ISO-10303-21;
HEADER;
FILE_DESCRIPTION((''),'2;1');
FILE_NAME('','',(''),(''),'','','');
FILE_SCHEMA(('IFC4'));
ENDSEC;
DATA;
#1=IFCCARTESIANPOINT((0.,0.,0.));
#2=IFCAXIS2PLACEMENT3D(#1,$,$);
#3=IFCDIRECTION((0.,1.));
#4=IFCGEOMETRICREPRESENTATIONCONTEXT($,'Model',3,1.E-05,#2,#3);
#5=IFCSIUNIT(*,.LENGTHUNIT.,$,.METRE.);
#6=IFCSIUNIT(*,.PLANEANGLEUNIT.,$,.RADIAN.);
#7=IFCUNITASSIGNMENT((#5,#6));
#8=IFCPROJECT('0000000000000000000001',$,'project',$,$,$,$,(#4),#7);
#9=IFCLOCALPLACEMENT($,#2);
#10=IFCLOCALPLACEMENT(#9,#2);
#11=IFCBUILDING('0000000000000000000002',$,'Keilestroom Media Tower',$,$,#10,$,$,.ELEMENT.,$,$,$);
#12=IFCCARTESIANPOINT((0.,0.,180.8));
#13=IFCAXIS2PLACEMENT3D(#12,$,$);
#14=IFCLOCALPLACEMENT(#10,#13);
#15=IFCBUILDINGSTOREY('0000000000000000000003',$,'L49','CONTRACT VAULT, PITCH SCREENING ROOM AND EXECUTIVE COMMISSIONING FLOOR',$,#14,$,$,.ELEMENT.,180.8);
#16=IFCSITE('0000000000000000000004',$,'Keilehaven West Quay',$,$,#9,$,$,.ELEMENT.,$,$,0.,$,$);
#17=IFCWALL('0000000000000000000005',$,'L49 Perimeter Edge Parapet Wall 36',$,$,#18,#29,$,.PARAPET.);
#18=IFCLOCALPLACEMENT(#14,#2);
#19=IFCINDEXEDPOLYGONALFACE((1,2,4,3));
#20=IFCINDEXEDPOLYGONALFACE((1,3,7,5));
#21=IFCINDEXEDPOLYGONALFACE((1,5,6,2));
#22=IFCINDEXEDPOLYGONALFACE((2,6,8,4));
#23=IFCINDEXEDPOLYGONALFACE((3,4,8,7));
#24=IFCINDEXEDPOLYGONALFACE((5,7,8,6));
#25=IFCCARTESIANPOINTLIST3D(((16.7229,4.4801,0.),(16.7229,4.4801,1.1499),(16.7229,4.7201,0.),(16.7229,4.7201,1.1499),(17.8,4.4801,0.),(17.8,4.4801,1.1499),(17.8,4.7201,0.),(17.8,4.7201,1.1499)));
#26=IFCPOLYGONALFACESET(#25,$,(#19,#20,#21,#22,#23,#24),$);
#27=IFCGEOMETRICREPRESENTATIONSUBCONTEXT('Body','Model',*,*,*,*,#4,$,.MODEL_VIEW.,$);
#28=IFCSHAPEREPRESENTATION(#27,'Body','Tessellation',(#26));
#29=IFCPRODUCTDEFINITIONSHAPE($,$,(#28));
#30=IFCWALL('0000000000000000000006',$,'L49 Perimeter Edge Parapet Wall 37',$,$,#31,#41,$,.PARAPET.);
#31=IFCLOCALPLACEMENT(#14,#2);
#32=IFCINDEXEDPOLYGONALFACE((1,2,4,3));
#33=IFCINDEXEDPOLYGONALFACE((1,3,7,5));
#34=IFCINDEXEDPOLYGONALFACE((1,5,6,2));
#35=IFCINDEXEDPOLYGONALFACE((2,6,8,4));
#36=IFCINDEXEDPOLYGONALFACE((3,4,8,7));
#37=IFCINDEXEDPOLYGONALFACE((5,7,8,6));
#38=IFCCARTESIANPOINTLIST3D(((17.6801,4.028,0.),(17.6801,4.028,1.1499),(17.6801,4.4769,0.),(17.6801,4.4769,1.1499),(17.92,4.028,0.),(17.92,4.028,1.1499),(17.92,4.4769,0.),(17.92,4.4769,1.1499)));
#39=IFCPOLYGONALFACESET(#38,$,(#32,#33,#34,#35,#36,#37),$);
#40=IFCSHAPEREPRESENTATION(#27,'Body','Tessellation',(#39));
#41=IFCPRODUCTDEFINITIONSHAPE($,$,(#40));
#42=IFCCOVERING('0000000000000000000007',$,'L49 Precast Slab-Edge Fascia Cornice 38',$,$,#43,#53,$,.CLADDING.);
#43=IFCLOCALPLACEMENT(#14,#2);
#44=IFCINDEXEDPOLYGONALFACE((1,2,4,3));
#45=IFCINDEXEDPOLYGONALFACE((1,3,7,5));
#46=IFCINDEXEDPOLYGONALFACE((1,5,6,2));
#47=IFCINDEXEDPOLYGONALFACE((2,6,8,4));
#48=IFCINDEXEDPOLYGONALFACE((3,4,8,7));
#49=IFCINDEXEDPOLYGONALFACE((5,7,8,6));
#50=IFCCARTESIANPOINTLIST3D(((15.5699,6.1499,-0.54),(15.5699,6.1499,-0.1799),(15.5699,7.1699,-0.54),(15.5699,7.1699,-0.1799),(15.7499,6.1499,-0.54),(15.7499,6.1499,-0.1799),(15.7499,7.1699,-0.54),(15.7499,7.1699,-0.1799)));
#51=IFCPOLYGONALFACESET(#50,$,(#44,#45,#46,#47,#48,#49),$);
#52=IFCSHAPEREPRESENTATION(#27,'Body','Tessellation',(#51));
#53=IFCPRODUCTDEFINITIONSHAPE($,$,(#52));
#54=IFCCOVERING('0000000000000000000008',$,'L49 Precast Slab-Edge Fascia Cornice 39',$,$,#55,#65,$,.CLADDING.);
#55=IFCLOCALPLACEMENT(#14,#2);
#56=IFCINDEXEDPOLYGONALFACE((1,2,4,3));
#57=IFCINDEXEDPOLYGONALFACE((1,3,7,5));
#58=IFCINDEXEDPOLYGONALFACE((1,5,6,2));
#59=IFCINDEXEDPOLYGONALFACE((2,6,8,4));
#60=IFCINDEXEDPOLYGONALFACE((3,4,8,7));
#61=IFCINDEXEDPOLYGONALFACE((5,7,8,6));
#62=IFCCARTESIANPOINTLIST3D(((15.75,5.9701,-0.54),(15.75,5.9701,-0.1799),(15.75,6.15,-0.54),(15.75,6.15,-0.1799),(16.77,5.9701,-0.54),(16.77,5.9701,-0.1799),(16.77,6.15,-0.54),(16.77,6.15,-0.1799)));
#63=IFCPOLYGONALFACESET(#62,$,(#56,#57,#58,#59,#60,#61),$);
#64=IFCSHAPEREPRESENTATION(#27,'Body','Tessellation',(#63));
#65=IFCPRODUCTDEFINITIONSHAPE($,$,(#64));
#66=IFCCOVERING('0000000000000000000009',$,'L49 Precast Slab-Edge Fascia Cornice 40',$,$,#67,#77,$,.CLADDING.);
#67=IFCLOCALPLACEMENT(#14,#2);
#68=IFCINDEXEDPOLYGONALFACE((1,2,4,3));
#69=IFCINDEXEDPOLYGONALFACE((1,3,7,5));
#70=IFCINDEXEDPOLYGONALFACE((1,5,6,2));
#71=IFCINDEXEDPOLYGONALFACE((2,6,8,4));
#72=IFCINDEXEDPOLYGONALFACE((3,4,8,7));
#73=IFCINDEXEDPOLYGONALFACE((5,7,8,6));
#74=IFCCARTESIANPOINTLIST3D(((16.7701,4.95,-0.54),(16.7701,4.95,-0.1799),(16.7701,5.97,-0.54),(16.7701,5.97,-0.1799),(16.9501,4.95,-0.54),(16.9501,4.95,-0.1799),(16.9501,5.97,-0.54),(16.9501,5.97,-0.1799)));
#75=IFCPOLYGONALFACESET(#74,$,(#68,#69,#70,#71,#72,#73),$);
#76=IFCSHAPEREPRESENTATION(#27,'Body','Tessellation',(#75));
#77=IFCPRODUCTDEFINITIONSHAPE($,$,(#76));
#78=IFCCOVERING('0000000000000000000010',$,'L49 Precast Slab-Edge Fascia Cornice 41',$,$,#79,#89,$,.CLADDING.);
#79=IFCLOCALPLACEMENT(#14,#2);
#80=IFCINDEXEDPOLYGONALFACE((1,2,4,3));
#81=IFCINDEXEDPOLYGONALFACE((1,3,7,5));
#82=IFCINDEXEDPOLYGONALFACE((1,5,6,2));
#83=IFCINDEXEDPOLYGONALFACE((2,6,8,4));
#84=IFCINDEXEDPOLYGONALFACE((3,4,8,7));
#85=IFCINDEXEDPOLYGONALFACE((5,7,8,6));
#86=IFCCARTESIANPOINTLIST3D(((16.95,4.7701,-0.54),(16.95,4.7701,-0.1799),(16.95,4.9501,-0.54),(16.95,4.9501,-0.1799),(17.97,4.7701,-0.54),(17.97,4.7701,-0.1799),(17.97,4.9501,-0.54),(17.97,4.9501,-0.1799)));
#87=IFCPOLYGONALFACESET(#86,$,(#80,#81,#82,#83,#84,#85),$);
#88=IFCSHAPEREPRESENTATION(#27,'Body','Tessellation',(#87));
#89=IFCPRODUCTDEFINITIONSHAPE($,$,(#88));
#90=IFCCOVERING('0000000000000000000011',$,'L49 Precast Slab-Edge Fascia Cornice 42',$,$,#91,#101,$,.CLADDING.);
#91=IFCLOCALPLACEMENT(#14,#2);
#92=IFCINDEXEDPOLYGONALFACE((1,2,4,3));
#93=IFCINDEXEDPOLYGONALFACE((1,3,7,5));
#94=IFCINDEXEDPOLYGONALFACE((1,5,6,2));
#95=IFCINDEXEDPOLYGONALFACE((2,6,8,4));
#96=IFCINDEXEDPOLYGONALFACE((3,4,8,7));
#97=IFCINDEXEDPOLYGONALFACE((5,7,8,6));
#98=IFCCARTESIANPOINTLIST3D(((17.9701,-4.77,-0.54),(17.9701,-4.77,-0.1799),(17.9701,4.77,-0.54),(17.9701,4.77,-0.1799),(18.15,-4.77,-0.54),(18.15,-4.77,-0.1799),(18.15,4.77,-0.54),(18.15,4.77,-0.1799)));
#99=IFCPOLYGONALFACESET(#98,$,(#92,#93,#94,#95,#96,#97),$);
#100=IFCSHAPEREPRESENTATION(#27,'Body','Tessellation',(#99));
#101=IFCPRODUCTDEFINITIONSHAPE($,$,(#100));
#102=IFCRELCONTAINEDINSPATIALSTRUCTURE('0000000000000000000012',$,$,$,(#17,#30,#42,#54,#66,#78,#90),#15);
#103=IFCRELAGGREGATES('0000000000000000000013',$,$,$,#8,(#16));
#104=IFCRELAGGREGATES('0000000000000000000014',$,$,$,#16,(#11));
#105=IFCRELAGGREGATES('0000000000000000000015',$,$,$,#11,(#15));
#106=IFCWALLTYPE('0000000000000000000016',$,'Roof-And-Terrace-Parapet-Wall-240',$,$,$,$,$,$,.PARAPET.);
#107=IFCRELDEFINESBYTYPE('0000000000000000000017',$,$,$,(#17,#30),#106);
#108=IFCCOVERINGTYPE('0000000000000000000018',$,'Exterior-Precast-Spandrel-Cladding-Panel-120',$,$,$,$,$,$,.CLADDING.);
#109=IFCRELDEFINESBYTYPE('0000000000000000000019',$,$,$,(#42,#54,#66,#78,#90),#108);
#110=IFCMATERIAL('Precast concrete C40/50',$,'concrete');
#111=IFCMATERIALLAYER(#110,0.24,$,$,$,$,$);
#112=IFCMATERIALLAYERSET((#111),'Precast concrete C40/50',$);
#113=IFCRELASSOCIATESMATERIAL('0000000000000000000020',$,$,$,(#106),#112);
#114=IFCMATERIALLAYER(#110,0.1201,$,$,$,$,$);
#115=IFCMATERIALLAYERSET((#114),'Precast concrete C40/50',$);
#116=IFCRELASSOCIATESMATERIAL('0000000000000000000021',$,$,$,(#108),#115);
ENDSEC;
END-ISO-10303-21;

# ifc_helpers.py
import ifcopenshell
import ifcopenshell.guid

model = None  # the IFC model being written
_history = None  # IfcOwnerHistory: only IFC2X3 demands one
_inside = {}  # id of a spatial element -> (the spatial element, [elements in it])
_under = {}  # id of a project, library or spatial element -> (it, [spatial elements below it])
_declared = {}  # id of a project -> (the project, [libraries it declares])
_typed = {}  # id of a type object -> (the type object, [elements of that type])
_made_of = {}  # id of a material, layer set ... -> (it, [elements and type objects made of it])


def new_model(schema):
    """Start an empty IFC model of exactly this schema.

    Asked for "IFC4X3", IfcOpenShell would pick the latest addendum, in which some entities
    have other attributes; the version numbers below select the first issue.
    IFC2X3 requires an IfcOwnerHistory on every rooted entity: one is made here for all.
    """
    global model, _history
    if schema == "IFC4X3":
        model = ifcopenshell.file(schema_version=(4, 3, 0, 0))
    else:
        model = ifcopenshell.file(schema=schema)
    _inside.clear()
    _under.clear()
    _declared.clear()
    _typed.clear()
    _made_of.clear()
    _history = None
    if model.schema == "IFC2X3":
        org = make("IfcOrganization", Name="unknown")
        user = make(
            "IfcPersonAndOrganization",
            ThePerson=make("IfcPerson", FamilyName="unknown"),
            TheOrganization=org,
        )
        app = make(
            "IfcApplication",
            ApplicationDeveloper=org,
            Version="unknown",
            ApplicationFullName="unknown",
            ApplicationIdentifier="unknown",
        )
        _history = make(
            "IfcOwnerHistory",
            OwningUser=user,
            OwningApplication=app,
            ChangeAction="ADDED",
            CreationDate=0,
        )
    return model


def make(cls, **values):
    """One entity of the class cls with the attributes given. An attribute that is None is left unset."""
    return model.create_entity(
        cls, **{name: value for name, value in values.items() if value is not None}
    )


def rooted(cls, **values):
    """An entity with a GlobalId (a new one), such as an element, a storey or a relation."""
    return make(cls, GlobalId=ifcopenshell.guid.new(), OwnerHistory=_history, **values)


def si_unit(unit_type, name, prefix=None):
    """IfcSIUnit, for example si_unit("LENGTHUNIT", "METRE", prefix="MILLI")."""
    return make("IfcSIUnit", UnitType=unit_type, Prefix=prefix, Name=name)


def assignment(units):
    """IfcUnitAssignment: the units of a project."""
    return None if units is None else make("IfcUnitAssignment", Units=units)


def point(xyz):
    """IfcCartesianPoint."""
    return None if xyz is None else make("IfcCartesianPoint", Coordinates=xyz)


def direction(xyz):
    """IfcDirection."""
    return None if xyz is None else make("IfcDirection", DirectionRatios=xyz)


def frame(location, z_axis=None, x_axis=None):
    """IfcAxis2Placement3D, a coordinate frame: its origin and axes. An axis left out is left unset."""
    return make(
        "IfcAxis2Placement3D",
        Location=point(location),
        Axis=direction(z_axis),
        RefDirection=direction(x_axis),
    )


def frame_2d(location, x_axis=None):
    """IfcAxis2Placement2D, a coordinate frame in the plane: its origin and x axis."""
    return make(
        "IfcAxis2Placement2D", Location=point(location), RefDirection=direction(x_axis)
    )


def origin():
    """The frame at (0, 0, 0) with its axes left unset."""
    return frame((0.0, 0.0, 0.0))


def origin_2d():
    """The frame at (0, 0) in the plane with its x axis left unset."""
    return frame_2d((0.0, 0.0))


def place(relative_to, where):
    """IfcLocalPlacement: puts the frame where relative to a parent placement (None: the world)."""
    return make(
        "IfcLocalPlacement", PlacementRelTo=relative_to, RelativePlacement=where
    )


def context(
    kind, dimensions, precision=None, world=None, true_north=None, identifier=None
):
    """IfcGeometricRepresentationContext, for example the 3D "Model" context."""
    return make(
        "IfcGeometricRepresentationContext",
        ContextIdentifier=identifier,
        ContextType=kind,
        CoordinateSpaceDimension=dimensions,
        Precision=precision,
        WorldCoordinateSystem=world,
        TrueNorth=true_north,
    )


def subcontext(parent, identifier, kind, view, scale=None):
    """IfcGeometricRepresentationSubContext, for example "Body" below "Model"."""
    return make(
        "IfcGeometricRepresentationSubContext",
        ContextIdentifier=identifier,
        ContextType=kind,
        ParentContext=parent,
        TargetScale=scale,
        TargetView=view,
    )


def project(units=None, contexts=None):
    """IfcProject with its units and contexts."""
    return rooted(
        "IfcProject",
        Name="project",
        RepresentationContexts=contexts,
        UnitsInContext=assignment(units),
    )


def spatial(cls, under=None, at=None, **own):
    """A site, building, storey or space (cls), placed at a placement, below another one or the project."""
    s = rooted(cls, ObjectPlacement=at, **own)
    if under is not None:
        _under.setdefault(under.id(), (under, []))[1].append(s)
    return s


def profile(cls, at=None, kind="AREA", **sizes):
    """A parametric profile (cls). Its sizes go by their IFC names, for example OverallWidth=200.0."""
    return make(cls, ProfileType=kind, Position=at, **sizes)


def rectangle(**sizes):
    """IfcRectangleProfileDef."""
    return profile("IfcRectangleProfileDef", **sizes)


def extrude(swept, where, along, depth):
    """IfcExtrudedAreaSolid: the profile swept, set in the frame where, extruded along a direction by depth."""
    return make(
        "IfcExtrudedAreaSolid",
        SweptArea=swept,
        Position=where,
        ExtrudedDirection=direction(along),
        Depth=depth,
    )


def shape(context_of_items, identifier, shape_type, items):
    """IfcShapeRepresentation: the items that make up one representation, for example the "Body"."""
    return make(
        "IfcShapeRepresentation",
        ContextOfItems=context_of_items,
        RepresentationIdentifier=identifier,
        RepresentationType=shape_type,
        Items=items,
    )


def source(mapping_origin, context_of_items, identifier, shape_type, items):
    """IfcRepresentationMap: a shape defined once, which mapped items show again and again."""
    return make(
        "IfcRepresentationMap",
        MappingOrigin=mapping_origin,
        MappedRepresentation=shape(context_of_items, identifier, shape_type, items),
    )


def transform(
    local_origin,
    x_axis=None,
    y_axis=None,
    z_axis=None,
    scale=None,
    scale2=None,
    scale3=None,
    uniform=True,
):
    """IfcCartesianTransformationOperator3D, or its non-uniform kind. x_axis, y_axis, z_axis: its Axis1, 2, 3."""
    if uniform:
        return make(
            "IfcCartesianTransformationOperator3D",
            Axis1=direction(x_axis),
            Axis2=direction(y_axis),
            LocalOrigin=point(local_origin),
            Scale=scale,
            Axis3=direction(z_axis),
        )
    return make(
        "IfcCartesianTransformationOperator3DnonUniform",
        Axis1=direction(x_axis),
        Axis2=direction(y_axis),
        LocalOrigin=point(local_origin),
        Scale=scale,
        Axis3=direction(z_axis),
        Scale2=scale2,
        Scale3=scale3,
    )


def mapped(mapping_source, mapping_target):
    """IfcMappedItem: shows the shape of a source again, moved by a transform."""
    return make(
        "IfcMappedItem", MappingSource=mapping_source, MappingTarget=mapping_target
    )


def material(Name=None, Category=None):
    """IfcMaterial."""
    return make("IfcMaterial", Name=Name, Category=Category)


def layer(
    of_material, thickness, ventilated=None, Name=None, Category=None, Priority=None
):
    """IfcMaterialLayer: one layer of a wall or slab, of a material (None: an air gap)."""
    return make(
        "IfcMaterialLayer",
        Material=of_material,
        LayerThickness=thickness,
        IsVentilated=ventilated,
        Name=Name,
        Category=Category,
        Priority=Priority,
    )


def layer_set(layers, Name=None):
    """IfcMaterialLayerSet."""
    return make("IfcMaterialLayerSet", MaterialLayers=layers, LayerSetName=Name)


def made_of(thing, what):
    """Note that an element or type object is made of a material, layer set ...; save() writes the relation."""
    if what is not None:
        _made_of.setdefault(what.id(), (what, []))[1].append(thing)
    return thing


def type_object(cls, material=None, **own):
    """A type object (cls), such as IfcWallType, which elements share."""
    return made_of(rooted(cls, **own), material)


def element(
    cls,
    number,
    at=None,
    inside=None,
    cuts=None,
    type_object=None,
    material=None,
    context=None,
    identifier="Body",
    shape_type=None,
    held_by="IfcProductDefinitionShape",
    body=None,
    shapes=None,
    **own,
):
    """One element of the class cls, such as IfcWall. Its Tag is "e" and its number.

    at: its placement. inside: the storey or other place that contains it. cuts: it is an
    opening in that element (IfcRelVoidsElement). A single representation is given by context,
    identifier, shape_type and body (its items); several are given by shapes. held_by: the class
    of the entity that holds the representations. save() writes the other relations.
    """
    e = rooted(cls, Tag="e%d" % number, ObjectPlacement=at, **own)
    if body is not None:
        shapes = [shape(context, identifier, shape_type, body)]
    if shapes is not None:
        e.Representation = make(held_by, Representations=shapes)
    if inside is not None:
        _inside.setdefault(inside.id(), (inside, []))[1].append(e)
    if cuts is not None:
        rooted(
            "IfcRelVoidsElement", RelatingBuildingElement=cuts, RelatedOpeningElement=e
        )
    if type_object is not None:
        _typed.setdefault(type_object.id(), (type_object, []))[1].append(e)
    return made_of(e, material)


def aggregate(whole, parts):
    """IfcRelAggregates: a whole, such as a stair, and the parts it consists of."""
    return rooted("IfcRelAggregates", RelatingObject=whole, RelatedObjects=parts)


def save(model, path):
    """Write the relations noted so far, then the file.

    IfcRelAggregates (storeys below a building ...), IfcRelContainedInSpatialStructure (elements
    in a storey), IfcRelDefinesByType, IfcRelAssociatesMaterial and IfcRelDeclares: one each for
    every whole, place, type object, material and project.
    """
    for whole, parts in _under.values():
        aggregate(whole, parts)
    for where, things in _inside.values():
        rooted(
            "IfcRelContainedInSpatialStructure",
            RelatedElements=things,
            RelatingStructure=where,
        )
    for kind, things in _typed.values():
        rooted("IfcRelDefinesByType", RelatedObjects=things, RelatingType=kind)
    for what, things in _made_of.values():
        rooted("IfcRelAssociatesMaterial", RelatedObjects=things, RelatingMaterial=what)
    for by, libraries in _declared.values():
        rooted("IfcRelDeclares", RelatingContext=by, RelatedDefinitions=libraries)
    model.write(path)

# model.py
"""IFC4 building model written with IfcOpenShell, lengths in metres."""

from ifc_helpers import new_model, si_unit, direction, frame, frame_2d, origin, origin_2d, place, context, subcontext, project, spatial, rectangle, extrude, source, transform, mapped, material, layer, layer_set, type_object, element, save


model = new_model("IFC4")

# Units and contexts
model_context = context("Model", 3, precision=1e-05, world=origin(), true_north=direction((0.0, 1.0)))
body_context = subcontext(model_context, "Body", "Model", "MODEL_VIEW")
ifc_project = project(units=[si_unit("LENGTHUNIT", "METRE"), si_unit("PLANEANGLEUNIT", "RADIAN")], contexts=[model_context])

# Site, building, storey
site_placement = place(None, origin())
site = spatial("IfcSite", under=ifc_project, at=site_placement, Name="Keilehaven West Quay", CompositionType="ELEMENT", RefElevation=0.0)
building_placement = place(site_placement, origin())
building = spatial("IfcBuilding", under=site, at=building_placement, Name="Keilestroom Media Tower", CompositionType="ELEMENT")
storey_placement = place(building_placement, frame((0.0, 0.0, 180.8)))
storey = spatial("IfcBuildingStorey", under=building, at=storey_placement, Name="L49", Description="CONTRACT VAULT, PITCH SCREENING ROOM AND EXECUTIVE COMMISSIONING FLOOR", CompositionType="ELEMENT", Elevation=180.8)

# Shared definitions
ifc_material_1 = material(Name="Precast concrete C40/50", Category="concrete")

# Walls
ifc_layer_1 = layer(ifc_material_1, 0.24)
ifc_layer_set_1 = layer_set([ifc_layer_1], Name="Precast concrete C40/50")
wall_type = type_object("IfcWallType", Name="Roof-And-Terrace-Parapet-Wall-240", PredefinedType="PARAPET", material=ifc_layer_set_1)
wall_1_placement = place(storey_placement, frame((16.7229, 4.6001, 0.0), z_axis=(0.0, 0.0, 1.0), x_axis=(1.0, 0.0, 0.0)))
element("IfcWall", 1, at=wall_1_placement, inside=storey, type_object=wall_type, Name="L49 Perimeter Edge Parapet Wall 36", PredefinedType="PARAPET", context=body_context, shape_type="SweptSolid", body=[
    extrude(rectangle(XDim=1.0771, YDim=0.24, at=frame_2d((0.5386, 0.0))), origin(), (0.0, 0.0, 1.0), 1.1499),
])
wall_2_placement = place(storey_placement, frame((17.8, 4.4771, 0.0), z_axis=(0.0, 0.0, 1.0), x_axis=(0.0, -1.0, 0.0)))
element("IfcWall", 2, at=wall_2_placement, inside=storey, type_object=wall_type, Name="L49 Perimeter Edge Parapet Wall 37", PredefinedType="PARAPET", context=body_context, shape_type="SweptSolid", body=[
    extrude(rectangle(XDim=0.449, YDim=0.24, at=frame_2d((0.2246, 0.0))), origin(), (0.0, 0.0, 1.0), 1.1499),
])

# Coverings
ifc_layer_2 = layer(ifc_material_1, 0.1201)
ifc_layer_set_2 = layer_set([ifc_layer_2], Name="Precast concrete C40/50")
covering_type = type_object("IfcCoveringType", Name="Exterior-Precast-Spandrel-Cladding-Panel-120", PredefinedType="CLADDING", material=ifc_layer_set_2)
shared_shape_1 = source(origin(), body_context, "Body", "SweptSolid", [
    extrude(rectangle(XDim=1.02, YDim=0.1799, at=origin_2d()), origin(), (0.0, 0.0, 1.0), 0.3601),
])
for number, where, z_axis, x_axis, name in (
    (3, (15.6599, 6.6599, -0.54), (0.0, 0.0, 1.0), (0.0, -1.0, 0.0), "L49 Precast Slab-Edge Fascia Cornice 38"),
    (4, (16.26, 6.0601, -0.54), (0.0, 0.0, 1.0), (1.0, 0.0, 0.0), "L49 Precast Slab-Edge Fascia Cornice 39"),
    (5, (16.8601, 5.46, -0.54), (0.0, 0.0, 1.0), (0.0, -1.0, 0.0), "L49 Precast Slab-Edge Fascia Cornice 40"),
    (6, (17.46, 4.8601, -0.54), (0.0, 0.0, 1.0), (1.0, 0.0, 0.0), "L49 Precast Slab-Edge Fascia Cornice 41"),
):
    element("IfcCovering", number, at=place(storey_placement, frame(where, z_axis=z_axis, x_axis=x_axis)), inside=storey, type_object=covering_type, Name=name, PredefinedType="CLADDING", context=body_context, shape_type="MappedRepresentation", body=[
        mapped(shared_shape_1, transform((0.0, 0.0, 0.0), x_axis=(1.0, 0.0, 0.0), y_axis=(0.0, 1.0, 0.0), z_axis=(0.0, 0.0, 1.0), scale=1.0)),
    ])
shared_shape_2 = source(origin(), body_context, "Body", "SweptSolid", [
    extrude(rectangle(XDim=9.54, YDim=0.1799, at=origin_2d()), origin(), (0.0, 0.0, 1.0), 0.3601),
])
covering_placement = place(storey_placement, frame((18.0601, 0.0, -0.54), z_axis=(0.0, 0.0, 1.0), x_axis=(0.0, -1.0, 0.0)))
element("IfcCovering", 7, at=covering_placement, inside=storey, type_object=covering_type, Name="L49 Precast Slab-Edge Fascia Cornice 42", PredefinedType="CLADDING", context=body_context, shape_type="MappedRepresentation", body=[
    mapped(shared_shape_2, transform((0.0, 0.0, 0.0), x_axis=(1.0, 0.0, 0.0), y_axis=(0.0, 1.0, 0.0), z_axis=(0.0, 0.0, 1.0), scale=1.0)),
])

save(model, "model.ifc")
